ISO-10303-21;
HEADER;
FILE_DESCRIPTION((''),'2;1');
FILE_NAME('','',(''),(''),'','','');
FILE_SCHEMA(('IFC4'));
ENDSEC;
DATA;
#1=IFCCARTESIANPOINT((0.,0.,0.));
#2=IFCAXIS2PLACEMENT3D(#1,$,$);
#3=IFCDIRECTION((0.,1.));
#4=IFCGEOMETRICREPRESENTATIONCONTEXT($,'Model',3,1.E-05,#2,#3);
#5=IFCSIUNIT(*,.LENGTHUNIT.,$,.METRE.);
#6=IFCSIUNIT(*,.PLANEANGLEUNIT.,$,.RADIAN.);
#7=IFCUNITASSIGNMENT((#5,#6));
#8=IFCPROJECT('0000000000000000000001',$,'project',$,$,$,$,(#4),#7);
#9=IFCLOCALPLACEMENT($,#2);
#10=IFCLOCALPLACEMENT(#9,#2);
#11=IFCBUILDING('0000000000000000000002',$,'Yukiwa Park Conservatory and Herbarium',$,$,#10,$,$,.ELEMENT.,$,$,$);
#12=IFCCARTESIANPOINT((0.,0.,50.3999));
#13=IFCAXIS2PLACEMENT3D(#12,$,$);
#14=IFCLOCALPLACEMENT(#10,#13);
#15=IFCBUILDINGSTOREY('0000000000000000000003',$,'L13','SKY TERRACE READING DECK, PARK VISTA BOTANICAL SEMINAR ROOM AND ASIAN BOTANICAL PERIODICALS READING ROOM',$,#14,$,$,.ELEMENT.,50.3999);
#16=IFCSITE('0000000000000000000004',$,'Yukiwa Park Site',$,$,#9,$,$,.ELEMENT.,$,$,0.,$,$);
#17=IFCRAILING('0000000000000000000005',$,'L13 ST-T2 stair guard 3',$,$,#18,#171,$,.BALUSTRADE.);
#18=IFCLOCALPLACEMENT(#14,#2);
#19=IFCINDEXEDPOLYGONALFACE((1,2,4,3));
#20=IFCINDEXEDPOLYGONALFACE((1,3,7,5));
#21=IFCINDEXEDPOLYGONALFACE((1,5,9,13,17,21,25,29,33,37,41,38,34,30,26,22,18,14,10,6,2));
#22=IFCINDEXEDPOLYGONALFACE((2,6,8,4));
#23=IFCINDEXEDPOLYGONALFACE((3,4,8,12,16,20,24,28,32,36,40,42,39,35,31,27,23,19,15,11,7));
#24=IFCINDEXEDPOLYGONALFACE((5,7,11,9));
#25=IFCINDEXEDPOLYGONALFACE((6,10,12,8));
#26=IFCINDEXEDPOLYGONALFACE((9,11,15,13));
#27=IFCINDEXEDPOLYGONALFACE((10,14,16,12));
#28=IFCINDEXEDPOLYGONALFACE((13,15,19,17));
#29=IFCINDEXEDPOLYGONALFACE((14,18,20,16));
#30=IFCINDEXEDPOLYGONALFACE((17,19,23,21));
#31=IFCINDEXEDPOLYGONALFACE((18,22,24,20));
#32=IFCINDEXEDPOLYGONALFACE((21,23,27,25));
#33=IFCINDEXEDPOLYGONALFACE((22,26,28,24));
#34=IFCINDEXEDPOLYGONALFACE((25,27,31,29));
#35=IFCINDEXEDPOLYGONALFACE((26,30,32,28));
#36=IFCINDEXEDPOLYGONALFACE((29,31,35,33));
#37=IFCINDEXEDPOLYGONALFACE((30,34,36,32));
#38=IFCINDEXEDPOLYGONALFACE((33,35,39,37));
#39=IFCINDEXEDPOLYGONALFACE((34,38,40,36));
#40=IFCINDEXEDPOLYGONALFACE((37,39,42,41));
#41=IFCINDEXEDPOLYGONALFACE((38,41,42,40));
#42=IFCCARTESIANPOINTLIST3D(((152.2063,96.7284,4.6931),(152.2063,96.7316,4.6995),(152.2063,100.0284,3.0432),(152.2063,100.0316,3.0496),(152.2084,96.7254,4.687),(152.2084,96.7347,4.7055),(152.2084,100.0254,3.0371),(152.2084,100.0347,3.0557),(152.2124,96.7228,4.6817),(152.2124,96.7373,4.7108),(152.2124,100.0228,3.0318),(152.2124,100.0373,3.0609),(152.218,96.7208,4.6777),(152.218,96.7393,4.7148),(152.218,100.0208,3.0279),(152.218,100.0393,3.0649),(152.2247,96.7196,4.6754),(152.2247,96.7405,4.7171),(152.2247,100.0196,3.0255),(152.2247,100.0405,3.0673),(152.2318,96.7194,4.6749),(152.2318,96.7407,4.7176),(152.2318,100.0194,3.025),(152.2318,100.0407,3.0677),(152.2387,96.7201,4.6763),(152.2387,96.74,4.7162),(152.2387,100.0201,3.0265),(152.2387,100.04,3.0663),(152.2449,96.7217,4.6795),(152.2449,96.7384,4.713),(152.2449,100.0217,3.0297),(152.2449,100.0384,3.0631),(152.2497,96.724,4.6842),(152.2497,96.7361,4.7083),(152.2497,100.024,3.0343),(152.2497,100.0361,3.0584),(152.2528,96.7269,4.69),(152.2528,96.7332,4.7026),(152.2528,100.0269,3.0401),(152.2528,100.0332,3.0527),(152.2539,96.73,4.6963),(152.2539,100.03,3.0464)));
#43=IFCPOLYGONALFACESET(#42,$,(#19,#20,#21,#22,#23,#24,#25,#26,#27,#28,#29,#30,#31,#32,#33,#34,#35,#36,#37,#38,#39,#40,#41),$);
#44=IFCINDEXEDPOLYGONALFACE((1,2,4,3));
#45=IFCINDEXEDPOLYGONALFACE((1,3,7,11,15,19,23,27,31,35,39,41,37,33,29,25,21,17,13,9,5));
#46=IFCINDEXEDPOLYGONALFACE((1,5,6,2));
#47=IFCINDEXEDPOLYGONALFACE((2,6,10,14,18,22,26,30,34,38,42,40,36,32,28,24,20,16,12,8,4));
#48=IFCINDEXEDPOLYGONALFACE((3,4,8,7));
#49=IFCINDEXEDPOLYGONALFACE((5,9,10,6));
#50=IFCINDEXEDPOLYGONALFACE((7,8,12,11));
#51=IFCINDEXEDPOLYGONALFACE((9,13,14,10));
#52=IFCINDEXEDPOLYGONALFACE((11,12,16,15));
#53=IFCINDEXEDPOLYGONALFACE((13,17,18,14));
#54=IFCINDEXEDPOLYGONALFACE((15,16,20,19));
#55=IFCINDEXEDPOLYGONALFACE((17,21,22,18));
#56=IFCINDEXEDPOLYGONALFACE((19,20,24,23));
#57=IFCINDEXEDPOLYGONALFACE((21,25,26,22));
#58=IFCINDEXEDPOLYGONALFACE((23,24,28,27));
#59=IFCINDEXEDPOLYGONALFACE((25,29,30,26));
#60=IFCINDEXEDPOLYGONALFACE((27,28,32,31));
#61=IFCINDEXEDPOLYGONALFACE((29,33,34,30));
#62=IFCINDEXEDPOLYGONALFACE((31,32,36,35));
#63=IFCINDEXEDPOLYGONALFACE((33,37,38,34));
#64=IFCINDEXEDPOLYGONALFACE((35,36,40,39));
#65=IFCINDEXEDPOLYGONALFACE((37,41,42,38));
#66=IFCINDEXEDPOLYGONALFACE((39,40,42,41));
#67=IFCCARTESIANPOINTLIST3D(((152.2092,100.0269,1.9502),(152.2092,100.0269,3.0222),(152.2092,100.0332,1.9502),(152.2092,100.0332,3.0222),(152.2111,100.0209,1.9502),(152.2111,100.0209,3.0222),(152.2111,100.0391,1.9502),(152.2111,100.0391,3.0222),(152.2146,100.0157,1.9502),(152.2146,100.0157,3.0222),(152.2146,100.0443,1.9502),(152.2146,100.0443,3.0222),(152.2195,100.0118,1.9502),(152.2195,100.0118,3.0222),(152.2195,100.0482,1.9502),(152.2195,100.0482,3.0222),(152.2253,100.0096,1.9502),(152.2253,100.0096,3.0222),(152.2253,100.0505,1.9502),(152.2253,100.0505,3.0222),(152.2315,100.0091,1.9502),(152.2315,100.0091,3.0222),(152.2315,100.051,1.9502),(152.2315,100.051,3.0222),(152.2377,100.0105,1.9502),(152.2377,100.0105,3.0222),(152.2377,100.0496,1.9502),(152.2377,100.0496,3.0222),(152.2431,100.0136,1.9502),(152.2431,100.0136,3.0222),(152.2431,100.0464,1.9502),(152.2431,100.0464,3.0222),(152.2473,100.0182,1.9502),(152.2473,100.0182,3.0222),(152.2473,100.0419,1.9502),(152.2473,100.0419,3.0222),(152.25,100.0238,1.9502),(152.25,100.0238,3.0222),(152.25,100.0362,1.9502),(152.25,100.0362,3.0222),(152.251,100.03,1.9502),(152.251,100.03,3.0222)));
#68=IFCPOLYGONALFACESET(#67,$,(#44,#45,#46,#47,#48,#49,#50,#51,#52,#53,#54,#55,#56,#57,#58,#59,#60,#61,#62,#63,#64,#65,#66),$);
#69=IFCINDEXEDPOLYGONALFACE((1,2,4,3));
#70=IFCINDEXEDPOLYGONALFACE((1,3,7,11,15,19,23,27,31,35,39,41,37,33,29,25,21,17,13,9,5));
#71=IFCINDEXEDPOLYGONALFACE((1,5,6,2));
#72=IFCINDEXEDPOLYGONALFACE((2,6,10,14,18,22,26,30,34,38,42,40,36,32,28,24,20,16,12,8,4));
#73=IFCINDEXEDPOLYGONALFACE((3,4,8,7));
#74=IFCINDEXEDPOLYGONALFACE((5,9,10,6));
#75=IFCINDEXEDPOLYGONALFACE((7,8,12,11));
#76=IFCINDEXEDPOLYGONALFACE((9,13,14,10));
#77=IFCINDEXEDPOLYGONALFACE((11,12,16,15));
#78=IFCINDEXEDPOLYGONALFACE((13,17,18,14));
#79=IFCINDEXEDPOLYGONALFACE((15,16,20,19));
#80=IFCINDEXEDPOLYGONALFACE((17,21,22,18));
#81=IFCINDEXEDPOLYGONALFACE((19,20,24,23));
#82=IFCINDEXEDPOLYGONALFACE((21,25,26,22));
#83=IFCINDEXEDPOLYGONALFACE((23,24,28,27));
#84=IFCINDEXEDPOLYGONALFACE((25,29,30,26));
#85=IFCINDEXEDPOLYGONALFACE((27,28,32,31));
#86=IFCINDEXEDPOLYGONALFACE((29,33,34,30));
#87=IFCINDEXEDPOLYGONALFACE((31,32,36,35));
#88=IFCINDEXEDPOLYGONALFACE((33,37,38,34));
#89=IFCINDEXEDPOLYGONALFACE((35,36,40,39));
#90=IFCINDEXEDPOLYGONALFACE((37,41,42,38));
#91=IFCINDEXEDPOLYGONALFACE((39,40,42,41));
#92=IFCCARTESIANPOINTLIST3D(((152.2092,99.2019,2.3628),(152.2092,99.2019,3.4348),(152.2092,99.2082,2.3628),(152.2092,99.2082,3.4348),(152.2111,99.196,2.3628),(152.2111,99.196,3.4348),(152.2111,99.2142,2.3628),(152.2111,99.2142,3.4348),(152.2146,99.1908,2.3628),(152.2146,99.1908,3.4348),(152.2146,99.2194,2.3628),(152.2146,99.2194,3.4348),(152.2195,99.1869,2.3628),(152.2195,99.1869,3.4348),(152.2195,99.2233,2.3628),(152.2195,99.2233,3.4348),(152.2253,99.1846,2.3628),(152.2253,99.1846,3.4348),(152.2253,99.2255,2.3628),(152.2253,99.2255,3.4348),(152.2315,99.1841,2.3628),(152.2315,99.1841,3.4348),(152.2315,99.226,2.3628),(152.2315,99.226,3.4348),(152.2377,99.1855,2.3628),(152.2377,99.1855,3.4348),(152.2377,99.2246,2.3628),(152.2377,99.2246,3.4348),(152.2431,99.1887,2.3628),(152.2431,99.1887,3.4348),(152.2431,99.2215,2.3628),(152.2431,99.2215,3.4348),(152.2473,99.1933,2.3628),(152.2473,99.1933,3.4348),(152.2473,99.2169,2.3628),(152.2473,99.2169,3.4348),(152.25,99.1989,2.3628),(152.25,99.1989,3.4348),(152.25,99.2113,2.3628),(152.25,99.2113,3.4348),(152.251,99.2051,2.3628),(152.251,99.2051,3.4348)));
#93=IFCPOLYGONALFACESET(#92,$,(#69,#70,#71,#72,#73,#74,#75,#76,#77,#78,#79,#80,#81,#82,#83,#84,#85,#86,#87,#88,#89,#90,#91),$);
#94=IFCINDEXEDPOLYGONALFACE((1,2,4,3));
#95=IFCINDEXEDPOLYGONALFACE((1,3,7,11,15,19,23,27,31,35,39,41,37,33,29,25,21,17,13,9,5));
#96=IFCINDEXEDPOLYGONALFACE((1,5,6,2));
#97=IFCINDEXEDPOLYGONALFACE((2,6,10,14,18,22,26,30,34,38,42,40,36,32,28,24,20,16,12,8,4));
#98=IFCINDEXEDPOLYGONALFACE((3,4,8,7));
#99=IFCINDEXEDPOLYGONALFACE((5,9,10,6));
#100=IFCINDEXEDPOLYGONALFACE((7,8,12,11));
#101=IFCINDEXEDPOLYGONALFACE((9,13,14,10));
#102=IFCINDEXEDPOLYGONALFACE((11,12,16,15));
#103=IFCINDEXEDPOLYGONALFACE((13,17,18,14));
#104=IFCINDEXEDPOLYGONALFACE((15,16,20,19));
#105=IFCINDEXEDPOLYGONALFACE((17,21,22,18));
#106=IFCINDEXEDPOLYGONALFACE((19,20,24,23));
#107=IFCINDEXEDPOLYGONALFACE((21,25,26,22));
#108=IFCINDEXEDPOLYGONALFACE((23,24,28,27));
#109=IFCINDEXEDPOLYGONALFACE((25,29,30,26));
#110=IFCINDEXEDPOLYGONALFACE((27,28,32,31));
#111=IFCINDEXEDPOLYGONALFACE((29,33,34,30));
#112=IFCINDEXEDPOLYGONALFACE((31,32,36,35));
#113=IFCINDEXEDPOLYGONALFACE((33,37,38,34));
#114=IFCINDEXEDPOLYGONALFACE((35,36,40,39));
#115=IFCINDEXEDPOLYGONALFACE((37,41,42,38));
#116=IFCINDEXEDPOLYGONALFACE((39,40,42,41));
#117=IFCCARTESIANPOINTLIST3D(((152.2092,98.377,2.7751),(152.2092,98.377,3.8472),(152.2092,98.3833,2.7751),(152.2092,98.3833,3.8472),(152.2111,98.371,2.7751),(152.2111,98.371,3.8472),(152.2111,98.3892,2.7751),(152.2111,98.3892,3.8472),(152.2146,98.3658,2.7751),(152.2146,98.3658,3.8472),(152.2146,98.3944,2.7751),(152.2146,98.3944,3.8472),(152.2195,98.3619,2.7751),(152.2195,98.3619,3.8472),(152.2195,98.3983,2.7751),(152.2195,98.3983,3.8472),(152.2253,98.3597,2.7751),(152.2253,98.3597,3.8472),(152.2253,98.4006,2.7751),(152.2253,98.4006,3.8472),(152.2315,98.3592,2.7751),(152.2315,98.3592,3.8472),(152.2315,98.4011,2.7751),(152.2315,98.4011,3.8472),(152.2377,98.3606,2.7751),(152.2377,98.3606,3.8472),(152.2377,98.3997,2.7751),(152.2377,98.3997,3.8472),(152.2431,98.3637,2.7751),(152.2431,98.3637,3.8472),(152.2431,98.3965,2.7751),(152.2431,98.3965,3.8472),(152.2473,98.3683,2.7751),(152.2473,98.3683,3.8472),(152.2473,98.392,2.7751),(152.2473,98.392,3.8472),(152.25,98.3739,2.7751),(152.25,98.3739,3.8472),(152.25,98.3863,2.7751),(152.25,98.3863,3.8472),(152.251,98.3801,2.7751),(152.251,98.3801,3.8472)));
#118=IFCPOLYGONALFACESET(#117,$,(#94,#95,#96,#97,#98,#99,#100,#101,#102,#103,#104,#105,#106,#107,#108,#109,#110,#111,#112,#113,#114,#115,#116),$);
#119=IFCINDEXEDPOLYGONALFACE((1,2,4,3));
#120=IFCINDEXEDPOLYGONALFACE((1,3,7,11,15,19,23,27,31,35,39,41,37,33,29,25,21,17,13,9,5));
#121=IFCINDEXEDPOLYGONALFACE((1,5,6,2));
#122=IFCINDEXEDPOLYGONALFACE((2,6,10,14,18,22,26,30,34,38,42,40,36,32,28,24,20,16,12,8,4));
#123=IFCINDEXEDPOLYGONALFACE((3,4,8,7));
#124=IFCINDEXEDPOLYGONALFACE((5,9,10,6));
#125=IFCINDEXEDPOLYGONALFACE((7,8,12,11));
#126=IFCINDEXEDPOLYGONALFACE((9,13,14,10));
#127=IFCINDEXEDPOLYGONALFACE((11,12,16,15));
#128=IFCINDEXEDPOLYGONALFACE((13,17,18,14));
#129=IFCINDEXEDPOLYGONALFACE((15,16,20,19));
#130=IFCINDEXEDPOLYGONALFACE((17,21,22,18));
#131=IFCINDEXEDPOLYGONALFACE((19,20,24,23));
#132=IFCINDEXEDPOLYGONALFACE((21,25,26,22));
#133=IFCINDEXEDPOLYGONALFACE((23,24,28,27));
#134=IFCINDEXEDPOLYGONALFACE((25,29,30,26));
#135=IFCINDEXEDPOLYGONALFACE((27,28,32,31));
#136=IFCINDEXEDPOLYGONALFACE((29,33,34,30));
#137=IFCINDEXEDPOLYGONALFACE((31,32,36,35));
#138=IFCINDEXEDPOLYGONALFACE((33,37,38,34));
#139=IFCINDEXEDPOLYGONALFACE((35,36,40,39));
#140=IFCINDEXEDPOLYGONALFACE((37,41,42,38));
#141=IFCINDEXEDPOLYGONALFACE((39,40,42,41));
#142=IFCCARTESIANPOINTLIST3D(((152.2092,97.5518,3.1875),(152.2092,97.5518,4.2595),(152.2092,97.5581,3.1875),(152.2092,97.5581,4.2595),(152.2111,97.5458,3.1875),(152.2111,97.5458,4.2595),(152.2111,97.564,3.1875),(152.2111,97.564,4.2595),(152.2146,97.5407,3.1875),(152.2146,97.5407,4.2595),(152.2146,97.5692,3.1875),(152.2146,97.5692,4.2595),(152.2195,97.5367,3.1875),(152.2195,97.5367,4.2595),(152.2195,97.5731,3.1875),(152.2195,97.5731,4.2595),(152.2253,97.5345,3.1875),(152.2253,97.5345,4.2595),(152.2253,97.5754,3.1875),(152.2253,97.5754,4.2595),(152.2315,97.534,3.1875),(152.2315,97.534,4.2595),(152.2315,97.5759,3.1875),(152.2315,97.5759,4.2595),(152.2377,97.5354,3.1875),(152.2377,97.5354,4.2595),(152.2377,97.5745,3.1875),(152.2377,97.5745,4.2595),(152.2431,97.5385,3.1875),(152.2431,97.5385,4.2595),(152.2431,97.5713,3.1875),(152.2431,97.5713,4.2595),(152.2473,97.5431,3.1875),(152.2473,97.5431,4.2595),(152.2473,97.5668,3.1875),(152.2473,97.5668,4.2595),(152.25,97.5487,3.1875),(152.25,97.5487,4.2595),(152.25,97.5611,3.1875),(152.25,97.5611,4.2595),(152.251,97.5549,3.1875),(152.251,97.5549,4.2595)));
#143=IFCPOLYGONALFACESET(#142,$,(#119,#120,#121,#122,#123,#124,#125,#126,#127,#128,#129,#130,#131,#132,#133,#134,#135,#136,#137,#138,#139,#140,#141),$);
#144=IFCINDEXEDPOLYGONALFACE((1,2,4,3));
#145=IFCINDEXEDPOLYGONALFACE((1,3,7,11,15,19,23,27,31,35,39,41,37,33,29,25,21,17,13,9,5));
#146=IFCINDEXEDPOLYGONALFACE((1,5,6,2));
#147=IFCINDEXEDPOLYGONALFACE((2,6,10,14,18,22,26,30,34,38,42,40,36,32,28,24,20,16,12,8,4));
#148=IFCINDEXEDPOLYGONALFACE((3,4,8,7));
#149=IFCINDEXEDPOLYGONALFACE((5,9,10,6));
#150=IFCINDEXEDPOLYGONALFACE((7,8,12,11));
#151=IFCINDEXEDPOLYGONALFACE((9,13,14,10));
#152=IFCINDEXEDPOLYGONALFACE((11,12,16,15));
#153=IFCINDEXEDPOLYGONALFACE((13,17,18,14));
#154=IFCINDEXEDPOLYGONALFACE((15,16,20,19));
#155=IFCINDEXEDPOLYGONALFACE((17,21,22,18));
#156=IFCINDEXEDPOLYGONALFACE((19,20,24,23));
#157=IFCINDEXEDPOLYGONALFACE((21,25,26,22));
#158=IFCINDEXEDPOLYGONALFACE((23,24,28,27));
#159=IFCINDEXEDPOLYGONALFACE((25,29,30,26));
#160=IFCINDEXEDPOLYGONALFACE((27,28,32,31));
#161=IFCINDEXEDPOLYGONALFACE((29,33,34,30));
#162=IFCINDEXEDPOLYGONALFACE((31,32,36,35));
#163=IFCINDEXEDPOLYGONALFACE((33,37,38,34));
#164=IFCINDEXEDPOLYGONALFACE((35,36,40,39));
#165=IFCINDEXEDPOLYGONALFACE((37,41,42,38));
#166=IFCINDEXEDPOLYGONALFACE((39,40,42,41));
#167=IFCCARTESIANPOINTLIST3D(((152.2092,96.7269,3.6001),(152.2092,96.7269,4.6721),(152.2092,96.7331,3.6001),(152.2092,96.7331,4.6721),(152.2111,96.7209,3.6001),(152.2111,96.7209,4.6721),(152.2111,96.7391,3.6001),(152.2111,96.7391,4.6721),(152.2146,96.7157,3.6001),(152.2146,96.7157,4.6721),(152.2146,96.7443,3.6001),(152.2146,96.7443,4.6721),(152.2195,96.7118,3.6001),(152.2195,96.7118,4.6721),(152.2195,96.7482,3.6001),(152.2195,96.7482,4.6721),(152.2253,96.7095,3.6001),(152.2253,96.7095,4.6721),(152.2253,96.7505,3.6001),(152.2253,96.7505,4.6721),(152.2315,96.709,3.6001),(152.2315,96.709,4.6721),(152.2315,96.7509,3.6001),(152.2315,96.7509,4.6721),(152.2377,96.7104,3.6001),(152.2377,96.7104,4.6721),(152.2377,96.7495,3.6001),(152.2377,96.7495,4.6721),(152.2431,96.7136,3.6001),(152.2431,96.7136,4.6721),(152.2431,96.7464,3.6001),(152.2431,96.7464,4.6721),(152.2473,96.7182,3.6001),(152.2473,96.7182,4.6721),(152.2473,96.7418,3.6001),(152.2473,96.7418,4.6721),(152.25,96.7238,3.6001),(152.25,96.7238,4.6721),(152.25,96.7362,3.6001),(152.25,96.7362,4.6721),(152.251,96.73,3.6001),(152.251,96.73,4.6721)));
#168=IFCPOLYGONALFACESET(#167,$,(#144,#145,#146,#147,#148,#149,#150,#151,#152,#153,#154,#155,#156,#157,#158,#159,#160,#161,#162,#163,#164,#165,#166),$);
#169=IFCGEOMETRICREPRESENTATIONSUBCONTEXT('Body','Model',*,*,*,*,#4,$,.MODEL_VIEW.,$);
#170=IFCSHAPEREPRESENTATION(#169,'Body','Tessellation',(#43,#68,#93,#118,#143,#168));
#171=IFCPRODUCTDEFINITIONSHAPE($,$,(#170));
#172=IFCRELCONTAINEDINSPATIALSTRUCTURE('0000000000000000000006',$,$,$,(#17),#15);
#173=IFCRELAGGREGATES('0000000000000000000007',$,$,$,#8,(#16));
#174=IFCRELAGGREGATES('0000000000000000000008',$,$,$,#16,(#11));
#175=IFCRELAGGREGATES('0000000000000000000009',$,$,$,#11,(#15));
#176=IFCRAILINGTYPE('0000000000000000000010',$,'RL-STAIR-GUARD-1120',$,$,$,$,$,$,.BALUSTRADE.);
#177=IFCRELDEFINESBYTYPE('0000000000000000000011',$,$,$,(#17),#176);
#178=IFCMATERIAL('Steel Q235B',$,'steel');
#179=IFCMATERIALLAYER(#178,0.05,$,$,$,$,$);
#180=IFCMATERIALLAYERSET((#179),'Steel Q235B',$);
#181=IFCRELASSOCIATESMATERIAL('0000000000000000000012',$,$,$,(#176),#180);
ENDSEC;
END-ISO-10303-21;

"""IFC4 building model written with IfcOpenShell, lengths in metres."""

from ifc_helpers import new_model, si_unit, direction, frame, origin, origin_2d, place, context, subcontext, project, spatial, circle, extrude, material, layer, layer_set, type_object, element, save


model = new_model("IFC4")

# Units and contexts
model_context = context("Model", 3, precision=1e-05, world=origin(), true_north=direction((0.0, 1.0)))
body_context = subcontext(model_context, "Body", "Model", "MODEL_VIEW")
ifc_project = project(units=[si_unit("LENGTHUNIT", "METRE"), si_unit("PLANEANGLEUNIT", "RADIAN")], contexts=[model_context])

# Site, building, storey
site_placement = place(None, origin())
site = spatial("IfcSite", under=ifc_project, at=site_placement, Name="Yukiwa Park Site", CompositionType="ELEMENT", RefElevation=0.0)
building_placement = place(site_placement, origin())
building = spatial("IfcBuilding", under=site, at=building_placement, Name="Yukiwa Park Conservatory and Herbarium", CompositionType="ELEMENT")
storey_placement = place(building_placement, frame((0.0, 0.0, 50.3999)))
storey = spatial("IfcBuildingStorey", under=building, at=storey_placement, Name="L13", Description="SKY TERRACE READING DECK, PARK VISTA BOTANICAL SEMINAR ROOM AND ASIAN BOTANICAL PERIODICALS READING ROOM", CompositionType="ELEMENT", Elevation=50.3999)

# Railing
ifc_material_1 = material(Name="Steel Q235B", Category="steel")
ifc_layer_1 = layer(ifc_material_1, 0.05)
ifc_layer_set_1 = layer_set([ifc_layer_1], Name="Steel Q235B")
railing_type_1 = type_object("IfcRailingType", Name="RL-STAIR-GUARD-1120", PredefinedType="BALUSTRADE", material=ifc_layer_set_1)
railing_1_placement = place(storey_placement, frame((152.23, 100.03, 1.9502)))
element("IfcRailing", 1, at=railing_1_placement, inside=storey, type_object=railing_type_1, Name="L13 ST-T2 stair guard 3", PredefinedType="BALUSTRADE", context=body_context, shape_type="SweptSolid", body=[
    extrude(circle(Radius=0.0239, at=origin_2d()), frame((0.0, 0.0, 1.0962), z_axis=(0.0, -0.89444, 0.447187), x_axis=(1.0, 0.0, 0.0)), (0.0, 0.0, 1.0), 3.6895),
    extrude(circle(Radius=0.021, at=origin_2d()), origin(), (0.0, 0.0, 1.0), 1.072),
    extrude(circle(Radius=0.021, at=origin_2d()), frame((0.0, -0.825, 0.4126)), (0.0, 0.0, 1.0), 1.072),
    extrude(circle(Radius=0.021, at=origin_2d()), frame((0.0, -1.6499, 0.825)), (0.0, 0.0, 1.0), 1.072),
    extrude(circle(Radius=0.021, at=origin_2d()), frame((0.0, -2.4751, 1.2373)), (0.0, 0.0, 1.0), 1.072),
    extrude(circle(Radius=0.021, at=origin_2d()), frame((0.0, -3.3, 1.6499)), (0.0, 0.0, 1.0), 1.072),
])

save(model, "model.ifc")
